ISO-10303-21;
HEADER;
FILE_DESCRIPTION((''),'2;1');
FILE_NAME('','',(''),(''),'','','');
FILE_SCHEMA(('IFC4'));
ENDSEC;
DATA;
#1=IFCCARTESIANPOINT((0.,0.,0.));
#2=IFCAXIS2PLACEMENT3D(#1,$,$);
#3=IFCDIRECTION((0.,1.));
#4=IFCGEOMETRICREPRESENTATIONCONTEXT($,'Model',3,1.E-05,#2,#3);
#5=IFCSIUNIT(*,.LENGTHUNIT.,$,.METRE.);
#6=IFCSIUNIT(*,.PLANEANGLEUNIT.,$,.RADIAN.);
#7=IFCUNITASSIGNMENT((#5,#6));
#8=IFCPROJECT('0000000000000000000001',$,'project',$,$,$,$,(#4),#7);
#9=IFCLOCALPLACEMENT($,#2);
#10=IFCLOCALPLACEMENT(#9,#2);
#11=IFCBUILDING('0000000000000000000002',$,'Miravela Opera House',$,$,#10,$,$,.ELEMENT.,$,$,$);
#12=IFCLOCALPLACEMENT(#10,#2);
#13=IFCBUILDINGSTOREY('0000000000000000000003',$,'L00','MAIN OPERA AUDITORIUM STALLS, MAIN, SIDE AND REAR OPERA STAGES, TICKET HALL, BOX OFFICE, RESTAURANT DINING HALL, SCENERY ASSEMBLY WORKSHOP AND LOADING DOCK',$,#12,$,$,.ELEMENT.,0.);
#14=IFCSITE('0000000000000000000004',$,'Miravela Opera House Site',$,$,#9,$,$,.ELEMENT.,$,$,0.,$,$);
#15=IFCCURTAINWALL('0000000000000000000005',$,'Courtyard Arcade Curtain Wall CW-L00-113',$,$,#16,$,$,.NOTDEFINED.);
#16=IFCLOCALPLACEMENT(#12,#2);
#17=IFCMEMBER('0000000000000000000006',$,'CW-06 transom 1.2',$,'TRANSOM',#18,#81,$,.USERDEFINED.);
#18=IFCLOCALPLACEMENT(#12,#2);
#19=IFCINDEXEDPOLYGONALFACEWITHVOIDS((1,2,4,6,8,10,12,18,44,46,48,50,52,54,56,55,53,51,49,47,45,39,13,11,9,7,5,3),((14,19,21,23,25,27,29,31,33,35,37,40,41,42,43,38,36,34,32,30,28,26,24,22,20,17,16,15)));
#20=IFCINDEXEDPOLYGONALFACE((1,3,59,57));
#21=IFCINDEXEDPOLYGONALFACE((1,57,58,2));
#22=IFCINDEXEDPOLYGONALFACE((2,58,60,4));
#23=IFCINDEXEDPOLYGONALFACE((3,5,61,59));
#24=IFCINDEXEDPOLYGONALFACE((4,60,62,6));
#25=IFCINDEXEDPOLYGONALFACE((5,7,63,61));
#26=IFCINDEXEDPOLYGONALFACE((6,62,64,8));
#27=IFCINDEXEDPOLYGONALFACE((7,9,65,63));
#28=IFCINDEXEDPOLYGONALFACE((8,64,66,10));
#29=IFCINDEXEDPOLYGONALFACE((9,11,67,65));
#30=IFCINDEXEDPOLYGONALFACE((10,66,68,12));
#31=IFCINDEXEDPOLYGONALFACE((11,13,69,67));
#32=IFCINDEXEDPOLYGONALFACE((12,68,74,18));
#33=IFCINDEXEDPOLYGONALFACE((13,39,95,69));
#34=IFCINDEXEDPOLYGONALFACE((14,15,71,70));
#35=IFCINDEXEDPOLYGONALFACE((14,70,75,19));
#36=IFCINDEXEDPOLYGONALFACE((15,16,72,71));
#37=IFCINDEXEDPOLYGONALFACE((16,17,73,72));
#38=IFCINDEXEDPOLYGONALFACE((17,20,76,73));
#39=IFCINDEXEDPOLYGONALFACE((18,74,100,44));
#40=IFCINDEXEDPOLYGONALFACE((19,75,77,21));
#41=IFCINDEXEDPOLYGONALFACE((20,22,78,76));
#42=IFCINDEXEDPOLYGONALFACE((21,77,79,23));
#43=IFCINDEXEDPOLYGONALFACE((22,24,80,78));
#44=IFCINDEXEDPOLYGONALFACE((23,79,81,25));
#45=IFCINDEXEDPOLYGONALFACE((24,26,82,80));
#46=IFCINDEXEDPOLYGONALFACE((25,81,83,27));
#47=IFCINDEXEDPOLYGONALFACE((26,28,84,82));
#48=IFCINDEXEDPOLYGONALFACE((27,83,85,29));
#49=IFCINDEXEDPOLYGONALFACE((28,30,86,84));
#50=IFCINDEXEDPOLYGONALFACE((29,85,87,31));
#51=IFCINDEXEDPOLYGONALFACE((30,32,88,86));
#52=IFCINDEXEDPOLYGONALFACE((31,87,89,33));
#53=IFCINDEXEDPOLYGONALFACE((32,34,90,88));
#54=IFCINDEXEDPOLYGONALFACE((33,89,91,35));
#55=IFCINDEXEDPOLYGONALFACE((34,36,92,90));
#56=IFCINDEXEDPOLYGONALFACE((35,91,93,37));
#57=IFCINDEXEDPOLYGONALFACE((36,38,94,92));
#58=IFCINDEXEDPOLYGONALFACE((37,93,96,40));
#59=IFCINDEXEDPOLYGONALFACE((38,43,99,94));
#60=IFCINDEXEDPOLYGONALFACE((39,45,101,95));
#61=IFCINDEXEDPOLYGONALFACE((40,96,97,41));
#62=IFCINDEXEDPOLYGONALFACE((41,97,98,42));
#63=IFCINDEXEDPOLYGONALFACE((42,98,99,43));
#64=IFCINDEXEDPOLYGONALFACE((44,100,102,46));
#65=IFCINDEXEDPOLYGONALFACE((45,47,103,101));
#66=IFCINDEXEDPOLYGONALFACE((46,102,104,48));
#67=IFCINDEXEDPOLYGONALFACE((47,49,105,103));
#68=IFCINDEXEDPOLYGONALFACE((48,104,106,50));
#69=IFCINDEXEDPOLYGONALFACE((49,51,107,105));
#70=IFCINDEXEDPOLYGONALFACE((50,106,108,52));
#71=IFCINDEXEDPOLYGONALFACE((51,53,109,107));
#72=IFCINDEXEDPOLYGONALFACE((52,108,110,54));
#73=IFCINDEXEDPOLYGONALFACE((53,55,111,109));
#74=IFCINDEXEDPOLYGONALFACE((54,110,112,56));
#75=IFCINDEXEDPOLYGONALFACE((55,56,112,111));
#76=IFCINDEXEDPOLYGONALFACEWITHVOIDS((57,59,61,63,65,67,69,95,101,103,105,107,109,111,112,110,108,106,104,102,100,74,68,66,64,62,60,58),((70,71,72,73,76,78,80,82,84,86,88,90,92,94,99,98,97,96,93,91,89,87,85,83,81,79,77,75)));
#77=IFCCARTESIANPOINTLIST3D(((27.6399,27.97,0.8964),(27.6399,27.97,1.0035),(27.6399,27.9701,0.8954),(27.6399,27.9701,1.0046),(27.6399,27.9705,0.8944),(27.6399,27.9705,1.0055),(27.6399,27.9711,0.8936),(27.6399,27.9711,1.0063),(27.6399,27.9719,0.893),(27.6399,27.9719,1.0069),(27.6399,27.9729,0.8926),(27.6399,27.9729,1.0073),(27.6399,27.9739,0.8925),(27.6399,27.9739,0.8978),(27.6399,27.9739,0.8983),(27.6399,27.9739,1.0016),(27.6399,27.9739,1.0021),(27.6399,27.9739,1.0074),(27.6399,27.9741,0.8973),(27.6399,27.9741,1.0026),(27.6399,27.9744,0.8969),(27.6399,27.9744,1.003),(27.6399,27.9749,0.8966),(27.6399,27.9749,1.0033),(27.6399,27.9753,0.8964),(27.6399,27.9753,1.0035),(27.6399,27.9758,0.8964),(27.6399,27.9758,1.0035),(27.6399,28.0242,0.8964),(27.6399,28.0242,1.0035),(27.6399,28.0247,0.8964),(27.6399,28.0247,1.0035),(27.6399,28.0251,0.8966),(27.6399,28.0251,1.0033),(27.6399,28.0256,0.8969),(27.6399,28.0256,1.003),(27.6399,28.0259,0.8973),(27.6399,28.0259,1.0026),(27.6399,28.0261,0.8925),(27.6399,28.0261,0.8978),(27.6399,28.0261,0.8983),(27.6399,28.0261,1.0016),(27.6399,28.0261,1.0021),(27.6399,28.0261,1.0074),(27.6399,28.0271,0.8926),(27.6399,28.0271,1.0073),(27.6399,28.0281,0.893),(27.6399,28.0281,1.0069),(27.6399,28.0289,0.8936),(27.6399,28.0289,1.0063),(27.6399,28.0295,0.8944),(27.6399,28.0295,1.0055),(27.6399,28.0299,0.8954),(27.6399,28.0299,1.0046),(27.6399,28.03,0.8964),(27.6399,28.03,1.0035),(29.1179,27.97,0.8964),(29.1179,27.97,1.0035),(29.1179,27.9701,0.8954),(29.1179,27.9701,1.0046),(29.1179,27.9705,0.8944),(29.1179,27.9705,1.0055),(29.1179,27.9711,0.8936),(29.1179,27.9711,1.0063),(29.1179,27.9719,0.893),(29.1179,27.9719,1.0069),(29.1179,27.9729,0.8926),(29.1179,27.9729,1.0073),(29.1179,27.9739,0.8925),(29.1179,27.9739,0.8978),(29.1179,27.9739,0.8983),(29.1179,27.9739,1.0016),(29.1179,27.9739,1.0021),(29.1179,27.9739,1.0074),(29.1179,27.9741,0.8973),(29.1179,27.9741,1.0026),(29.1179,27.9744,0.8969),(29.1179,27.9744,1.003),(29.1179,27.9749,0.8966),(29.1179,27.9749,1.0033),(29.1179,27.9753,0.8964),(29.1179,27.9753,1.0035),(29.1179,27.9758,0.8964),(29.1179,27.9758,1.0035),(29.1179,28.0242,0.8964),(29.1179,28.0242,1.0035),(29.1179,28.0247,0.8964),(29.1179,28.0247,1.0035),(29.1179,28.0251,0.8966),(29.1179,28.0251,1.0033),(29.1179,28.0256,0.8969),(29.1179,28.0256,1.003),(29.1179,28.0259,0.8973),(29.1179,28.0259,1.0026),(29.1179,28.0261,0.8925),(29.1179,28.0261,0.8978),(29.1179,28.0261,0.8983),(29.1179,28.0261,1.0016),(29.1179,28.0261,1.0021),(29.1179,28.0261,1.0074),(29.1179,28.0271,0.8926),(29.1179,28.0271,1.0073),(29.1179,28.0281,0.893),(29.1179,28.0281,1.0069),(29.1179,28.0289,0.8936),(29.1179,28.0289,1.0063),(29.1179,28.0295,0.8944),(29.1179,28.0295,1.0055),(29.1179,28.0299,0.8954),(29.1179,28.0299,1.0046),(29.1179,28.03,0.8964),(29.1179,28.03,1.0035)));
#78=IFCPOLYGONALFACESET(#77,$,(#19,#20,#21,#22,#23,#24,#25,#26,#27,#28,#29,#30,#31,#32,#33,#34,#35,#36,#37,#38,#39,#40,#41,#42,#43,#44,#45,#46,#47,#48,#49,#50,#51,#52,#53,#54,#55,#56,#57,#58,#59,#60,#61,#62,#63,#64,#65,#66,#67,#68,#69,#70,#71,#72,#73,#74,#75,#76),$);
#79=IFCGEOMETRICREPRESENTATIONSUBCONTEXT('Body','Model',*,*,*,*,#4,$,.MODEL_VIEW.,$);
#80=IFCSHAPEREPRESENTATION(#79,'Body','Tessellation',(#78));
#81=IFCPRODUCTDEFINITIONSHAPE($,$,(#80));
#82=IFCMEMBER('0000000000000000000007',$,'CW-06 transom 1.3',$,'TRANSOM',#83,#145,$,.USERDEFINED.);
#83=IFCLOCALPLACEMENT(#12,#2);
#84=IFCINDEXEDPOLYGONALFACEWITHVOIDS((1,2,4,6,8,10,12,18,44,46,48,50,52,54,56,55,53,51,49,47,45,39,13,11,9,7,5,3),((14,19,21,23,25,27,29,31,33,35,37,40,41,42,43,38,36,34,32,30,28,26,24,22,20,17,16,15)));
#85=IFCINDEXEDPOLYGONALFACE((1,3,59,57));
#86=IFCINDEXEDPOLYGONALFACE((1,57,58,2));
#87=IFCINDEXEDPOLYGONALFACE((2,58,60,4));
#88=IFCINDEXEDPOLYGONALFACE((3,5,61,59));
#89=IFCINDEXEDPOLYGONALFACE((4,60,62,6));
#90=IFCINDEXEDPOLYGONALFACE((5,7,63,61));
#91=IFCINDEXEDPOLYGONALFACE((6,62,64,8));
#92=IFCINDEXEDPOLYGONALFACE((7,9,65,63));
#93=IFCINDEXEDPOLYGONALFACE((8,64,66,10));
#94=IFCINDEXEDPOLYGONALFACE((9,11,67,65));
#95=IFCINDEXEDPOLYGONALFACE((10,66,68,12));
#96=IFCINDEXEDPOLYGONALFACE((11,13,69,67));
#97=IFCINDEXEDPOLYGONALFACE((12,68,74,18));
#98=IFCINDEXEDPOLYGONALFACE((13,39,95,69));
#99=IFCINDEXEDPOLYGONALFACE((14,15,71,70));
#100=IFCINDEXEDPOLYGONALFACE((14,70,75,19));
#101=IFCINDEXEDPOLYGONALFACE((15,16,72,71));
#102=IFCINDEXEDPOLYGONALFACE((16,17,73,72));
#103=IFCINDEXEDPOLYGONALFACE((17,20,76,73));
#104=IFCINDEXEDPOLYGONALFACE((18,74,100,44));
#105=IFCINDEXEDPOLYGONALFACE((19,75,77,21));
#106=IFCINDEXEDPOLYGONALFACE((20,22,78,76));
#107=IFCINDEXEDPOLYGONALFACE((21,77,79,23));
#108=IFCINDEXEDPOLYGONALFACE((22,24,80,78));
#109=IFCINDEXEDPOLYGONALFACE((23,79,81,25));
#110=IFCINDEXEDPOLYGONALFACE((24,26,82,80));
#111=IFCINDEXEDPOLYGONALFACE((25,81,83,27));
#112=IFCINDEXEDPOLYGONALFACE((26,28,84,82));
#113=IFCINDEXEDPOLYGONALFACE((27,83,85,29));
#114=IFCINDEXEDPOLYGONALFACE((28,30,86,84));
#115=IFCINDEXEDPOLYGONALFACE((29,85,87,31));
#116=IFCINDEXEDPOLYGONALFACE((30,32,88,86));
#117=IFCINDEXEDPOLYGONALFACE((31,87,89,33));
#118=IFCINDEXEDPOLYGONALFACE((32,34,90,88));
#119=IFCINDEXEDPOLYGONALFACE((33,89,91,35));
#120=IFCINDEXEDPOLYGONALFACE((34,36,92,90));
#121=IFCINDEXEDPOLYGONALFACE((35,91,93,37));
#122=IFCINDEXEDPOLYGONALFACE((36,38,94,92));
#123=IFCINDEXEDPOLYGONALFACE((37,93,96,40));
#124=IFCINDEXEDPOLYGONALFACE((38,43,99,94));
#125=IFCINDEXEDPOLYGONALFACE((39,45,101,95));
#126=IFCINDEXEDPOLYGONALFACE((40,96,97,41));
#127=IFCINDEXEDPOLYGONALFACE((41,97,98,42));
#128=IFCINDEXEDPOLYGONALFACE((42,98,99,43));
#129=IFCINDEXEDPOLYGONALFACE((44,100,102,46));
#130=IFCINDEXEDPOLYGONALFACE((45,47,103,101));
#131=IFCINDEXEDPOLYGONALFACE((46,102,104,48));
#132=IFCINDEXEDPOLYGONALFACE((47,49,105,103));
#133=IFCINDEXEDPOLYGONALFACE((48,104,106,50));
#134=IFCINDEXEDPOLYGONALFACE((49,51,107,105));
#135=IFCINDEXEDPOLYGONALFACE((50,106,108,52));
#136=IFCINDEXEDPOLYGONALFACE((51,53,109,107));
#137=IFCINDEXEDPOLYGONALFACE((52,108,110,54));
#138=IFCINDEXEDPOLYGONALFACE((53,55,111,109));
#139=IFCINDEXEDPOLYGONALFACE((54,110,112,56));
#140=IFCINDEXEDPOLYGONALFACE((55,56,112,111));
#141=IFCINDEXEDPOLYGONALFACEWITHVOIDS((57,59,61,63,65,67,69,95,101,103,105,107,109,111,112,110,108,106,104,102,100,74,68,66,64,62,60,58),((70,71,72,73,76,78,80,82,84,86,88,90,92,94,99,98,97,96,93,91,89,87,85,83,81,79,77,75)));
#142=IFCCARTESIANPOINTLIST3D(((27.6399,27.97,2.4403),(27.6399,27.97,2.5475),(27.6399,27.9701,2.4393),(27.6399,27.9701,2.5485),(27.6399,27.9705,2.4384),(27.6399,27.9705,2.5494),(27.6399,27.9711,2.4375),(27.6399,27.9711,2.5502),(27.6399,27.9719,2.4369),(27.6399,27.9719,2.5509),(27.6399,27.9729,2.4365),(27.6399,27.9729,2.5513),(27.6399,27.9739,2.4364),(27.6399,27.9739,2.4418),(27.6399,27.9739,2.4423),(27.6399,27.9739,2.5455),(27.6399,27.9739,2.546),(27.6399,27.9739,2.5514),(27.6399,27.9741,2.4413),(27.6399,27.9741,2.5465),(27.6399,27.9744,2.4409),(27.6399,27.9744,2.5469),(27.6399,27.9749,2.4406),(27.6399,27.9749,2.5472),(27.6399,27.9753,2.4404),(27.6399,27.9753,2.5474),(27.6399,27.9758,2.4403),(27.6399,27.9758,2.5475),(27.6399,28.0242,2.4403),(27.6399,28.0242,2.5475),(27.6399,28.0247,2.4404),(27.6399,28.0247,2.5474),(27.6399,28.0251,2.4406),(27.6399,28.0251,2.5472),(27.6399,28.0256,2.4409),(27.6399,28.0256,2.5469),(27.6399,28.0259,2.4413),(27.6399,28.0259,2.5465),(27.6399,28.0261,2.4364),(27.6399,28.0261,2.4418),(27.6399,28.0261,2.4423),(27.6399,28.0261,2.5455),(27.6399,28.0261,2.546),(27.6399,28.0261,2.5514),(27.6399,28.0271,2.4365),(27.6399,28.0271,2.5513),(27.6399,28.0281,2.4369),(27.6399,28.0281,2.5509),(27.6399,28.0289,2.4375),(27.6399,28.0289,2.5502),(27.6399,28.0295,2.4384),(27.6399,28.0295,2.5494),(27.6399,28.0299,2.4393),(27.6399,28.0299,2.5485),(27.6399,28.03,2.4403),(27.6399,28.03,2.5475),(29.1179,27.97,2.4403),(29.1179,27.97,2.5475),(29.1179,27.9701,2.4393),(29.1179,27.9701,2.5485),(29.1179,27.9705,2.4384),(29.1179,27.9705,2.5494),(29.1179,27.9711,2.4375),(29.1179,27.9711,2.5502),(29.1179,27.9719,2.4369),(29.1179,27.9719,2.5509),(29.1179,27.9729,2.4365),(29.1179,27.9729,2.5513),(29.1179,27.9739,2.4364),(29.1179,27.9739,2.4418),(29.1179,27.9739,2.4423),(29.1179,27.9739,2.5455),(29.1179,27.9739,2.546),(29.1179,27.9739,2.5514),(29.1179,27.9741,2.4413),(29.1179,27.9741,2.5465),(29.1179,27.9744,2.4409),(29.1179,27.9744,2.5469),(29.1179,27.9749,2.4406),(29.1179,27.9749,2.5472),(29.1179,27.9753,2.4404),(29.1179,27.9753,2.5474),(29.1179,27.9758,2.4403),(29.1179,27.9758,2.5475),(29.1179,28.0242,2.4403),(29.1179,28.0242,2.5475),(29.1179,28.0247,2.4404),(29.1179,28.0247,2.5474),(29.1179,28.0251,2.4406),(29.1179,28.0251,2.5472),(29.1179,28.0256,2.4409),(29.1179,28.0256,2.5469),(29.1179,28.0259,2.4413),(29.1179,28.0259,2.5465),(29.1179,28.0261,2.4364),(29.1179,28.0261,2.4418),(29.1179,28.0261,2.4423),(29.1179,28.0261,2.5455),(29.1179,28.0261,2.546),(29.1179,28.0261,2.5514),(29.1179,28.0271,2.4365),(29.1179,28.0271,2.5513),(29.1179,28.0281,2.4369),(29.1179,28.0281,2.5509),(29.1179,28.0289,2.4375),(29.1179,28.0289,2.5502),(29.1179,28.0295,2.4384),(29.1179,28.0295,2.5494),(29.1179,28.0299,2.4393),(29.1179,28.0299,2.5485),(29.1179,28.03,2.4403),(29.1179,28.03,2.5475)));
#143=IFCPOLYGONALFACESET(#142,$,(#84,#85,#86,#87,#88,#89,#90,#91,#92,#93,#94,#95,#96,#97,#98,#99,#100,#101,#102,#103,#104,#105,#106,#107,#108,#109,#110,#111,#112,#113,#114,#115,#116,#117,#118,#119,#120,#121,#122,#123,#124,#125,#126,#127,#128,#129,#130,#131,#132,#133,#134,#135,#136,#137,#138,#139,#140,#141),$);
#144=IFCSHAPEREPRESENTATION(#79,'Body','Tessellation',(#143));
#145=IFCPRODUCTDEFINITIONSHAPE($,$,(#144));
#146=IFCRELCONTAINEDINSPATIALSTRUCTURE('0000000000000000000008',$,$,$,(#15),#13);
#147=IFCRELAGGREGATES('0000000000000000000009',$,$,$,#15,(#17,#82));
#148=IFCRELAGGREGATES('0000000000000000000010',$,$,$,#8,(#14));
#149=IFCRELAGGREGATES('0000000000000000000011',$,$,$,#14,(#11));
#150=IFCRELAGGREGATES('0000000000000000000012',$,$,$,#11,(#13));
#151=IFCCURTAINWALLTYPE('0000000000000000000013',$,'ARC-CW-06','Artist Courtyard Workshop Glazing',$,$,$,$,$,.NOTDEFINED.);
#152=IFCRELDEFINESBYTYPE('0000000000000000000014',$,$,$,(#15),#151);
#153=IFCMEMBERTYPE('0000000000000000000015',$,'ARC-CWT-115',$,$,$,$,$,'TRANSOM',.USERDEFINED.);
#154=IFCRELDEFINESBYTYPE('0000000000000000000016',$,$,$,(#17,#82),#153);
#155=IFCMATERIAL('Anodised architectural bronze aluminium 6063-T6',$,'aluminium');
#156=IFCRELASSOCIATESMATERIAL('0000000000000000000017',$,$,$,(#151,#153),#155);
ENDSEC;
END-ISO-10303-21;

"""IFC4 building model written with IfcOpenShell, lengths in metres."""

from ifc_helpers import new_model, si_unit, direction, frame, origin, origin_2d, place, context, subcontext, project, spatial, hollow_rectangle, extrude, material, material_profile, profile_set, type_object, element, aggregate, save


model = new_model("IFC4")

# Units and contexts
model_context = context("Model", 3, precision=1e-05, world=origin(), true_north=direction((0.0, 1.0)))
body_context = subcontext(model_context, "Body", "Model", "MODEL_VIEW")
ifc_project = project(units=[si_unit("LENGTHUNIT", "METRE"), si_unit("PLANEANGLEUNIT", "RADIAN")], contexts=[model_context])

# Site, building, storey
site_placement = place(None, origin())
site = spatial("IfcSite", under=ifc_project, at=site_placement, Name="Miravela Opera House Site", CompositionType="ELEMENT", RefElevation=0.0)
building_placement = place(site_placement, origin())
building = spatial("IfcBuilding", under=site, at=building_placement, Name="Miravela Opera House", CompositionType="ELEMENT")
storey_placement = place(building_placement, origin())
storey = spatial("IfcBuildingStorey", under=building, at=storey_placement, Name="L00", Description="MAIN OPERA AUDITORIUM STALLS, MAIN, SIDE AND REAR OPERA STAGES, TICKET HALL, BOX OFFICE, RESTAURANT DINING HALL, SCENERY ASSEMBLY WORKSHOP AND LOADING DOCK", CompositionType="ELEMENT", Elevation=0.0)

# Curtain wall, members
ifc_material_1 = material(Name="Anodised architectural bronze aluminium 6063-T6", Category="aluminium")
curtain_wall_type = type_object("IfcCurtainWallType", Name="ARC-CW-06", Description="Artist Courtyard Workshop Glazing", PredefinedType="NOTDEFINED", material=ifc_material_1)
curtain_wall_placement = place(storey_placement, origin())
curtain_wall = element("IfcCurtainWall", 1, at=curtain_wall_placement, inside=storey, type_object=curtain_wall_type, Name="Courtyard Arcade Curtain Wall CW-L00-113", PredefinedType="NOTDEFINED")
ifc_material_profile_1 = material_profile(ifc_material_1, hollow_rectangle(XDim=0.0601, YDim=0.115, WallThickness=0.0039, InnerFilletRadius=0.002, OuterFilletRadius=0.0039, at=origin_2d()), Name="CWT-60X115")
ifc_profile_set_1 = profile_set([ifc_material_profile_1])
member_type_1 = type_object("IfcMemberType", Name="ARC-CWT-115", ElementType="TRANSOM", PredefinedType="USERDEFINED", material=ifc_profile_set_1)
member_1_placement = place(storey_placement, frame((27.6399, 28.0, 0.95), z_axis=(1.0, 0.0, 0.0), x_axis=(0.0, 1.0, 0.0)))
member_1 = element("IfcMember", 2, at=member_1_placement, type_object=member_type_1, Name="CW-06 transom 1.2", ObjectType="TRANSOM", PredefinedType="USERDEFINED", context=body_context, shape_type="SweptSolid", body=[
    extrude(hollow_rectangle(XDim=0.0601, YDim=0.115, WallThickness=0.0039, InnerFilletRadius=0.002, OuterFilletRadius=0.0039, at=origin_2d()), origin(), (0.0, 0.0, 1.0), 1.478),
])
member_2_placement = place(storey_placement, frame((27.6399, 28.0, 2.4939), z_axis=(1.0, 0.0, 0.0), x_axis=(0.0, 1.0, 0.0)))
member_2 = element("IfcMember", 3, at=member_2_placement, type_object=member_type_1, Name="CW-06 transom 1.3", ObjectType="TRANSOM", PredefinedType="USERDEFINED", context=body_context, shape_type="SweptSolid", body=[
    extrude(hollow_rectangle(XDim=0.0601, YDim=0.115, WallThickness=0.0039, InnerFilletRadius=0.002, OuterFilletRadius=0.0039, at=origin_2d()), origin(), (0.0, 0.0, 1.0), 1.478),
])
aggregate(curtain_wall, [member_1, member_2])

save(model, "model.ifc")
